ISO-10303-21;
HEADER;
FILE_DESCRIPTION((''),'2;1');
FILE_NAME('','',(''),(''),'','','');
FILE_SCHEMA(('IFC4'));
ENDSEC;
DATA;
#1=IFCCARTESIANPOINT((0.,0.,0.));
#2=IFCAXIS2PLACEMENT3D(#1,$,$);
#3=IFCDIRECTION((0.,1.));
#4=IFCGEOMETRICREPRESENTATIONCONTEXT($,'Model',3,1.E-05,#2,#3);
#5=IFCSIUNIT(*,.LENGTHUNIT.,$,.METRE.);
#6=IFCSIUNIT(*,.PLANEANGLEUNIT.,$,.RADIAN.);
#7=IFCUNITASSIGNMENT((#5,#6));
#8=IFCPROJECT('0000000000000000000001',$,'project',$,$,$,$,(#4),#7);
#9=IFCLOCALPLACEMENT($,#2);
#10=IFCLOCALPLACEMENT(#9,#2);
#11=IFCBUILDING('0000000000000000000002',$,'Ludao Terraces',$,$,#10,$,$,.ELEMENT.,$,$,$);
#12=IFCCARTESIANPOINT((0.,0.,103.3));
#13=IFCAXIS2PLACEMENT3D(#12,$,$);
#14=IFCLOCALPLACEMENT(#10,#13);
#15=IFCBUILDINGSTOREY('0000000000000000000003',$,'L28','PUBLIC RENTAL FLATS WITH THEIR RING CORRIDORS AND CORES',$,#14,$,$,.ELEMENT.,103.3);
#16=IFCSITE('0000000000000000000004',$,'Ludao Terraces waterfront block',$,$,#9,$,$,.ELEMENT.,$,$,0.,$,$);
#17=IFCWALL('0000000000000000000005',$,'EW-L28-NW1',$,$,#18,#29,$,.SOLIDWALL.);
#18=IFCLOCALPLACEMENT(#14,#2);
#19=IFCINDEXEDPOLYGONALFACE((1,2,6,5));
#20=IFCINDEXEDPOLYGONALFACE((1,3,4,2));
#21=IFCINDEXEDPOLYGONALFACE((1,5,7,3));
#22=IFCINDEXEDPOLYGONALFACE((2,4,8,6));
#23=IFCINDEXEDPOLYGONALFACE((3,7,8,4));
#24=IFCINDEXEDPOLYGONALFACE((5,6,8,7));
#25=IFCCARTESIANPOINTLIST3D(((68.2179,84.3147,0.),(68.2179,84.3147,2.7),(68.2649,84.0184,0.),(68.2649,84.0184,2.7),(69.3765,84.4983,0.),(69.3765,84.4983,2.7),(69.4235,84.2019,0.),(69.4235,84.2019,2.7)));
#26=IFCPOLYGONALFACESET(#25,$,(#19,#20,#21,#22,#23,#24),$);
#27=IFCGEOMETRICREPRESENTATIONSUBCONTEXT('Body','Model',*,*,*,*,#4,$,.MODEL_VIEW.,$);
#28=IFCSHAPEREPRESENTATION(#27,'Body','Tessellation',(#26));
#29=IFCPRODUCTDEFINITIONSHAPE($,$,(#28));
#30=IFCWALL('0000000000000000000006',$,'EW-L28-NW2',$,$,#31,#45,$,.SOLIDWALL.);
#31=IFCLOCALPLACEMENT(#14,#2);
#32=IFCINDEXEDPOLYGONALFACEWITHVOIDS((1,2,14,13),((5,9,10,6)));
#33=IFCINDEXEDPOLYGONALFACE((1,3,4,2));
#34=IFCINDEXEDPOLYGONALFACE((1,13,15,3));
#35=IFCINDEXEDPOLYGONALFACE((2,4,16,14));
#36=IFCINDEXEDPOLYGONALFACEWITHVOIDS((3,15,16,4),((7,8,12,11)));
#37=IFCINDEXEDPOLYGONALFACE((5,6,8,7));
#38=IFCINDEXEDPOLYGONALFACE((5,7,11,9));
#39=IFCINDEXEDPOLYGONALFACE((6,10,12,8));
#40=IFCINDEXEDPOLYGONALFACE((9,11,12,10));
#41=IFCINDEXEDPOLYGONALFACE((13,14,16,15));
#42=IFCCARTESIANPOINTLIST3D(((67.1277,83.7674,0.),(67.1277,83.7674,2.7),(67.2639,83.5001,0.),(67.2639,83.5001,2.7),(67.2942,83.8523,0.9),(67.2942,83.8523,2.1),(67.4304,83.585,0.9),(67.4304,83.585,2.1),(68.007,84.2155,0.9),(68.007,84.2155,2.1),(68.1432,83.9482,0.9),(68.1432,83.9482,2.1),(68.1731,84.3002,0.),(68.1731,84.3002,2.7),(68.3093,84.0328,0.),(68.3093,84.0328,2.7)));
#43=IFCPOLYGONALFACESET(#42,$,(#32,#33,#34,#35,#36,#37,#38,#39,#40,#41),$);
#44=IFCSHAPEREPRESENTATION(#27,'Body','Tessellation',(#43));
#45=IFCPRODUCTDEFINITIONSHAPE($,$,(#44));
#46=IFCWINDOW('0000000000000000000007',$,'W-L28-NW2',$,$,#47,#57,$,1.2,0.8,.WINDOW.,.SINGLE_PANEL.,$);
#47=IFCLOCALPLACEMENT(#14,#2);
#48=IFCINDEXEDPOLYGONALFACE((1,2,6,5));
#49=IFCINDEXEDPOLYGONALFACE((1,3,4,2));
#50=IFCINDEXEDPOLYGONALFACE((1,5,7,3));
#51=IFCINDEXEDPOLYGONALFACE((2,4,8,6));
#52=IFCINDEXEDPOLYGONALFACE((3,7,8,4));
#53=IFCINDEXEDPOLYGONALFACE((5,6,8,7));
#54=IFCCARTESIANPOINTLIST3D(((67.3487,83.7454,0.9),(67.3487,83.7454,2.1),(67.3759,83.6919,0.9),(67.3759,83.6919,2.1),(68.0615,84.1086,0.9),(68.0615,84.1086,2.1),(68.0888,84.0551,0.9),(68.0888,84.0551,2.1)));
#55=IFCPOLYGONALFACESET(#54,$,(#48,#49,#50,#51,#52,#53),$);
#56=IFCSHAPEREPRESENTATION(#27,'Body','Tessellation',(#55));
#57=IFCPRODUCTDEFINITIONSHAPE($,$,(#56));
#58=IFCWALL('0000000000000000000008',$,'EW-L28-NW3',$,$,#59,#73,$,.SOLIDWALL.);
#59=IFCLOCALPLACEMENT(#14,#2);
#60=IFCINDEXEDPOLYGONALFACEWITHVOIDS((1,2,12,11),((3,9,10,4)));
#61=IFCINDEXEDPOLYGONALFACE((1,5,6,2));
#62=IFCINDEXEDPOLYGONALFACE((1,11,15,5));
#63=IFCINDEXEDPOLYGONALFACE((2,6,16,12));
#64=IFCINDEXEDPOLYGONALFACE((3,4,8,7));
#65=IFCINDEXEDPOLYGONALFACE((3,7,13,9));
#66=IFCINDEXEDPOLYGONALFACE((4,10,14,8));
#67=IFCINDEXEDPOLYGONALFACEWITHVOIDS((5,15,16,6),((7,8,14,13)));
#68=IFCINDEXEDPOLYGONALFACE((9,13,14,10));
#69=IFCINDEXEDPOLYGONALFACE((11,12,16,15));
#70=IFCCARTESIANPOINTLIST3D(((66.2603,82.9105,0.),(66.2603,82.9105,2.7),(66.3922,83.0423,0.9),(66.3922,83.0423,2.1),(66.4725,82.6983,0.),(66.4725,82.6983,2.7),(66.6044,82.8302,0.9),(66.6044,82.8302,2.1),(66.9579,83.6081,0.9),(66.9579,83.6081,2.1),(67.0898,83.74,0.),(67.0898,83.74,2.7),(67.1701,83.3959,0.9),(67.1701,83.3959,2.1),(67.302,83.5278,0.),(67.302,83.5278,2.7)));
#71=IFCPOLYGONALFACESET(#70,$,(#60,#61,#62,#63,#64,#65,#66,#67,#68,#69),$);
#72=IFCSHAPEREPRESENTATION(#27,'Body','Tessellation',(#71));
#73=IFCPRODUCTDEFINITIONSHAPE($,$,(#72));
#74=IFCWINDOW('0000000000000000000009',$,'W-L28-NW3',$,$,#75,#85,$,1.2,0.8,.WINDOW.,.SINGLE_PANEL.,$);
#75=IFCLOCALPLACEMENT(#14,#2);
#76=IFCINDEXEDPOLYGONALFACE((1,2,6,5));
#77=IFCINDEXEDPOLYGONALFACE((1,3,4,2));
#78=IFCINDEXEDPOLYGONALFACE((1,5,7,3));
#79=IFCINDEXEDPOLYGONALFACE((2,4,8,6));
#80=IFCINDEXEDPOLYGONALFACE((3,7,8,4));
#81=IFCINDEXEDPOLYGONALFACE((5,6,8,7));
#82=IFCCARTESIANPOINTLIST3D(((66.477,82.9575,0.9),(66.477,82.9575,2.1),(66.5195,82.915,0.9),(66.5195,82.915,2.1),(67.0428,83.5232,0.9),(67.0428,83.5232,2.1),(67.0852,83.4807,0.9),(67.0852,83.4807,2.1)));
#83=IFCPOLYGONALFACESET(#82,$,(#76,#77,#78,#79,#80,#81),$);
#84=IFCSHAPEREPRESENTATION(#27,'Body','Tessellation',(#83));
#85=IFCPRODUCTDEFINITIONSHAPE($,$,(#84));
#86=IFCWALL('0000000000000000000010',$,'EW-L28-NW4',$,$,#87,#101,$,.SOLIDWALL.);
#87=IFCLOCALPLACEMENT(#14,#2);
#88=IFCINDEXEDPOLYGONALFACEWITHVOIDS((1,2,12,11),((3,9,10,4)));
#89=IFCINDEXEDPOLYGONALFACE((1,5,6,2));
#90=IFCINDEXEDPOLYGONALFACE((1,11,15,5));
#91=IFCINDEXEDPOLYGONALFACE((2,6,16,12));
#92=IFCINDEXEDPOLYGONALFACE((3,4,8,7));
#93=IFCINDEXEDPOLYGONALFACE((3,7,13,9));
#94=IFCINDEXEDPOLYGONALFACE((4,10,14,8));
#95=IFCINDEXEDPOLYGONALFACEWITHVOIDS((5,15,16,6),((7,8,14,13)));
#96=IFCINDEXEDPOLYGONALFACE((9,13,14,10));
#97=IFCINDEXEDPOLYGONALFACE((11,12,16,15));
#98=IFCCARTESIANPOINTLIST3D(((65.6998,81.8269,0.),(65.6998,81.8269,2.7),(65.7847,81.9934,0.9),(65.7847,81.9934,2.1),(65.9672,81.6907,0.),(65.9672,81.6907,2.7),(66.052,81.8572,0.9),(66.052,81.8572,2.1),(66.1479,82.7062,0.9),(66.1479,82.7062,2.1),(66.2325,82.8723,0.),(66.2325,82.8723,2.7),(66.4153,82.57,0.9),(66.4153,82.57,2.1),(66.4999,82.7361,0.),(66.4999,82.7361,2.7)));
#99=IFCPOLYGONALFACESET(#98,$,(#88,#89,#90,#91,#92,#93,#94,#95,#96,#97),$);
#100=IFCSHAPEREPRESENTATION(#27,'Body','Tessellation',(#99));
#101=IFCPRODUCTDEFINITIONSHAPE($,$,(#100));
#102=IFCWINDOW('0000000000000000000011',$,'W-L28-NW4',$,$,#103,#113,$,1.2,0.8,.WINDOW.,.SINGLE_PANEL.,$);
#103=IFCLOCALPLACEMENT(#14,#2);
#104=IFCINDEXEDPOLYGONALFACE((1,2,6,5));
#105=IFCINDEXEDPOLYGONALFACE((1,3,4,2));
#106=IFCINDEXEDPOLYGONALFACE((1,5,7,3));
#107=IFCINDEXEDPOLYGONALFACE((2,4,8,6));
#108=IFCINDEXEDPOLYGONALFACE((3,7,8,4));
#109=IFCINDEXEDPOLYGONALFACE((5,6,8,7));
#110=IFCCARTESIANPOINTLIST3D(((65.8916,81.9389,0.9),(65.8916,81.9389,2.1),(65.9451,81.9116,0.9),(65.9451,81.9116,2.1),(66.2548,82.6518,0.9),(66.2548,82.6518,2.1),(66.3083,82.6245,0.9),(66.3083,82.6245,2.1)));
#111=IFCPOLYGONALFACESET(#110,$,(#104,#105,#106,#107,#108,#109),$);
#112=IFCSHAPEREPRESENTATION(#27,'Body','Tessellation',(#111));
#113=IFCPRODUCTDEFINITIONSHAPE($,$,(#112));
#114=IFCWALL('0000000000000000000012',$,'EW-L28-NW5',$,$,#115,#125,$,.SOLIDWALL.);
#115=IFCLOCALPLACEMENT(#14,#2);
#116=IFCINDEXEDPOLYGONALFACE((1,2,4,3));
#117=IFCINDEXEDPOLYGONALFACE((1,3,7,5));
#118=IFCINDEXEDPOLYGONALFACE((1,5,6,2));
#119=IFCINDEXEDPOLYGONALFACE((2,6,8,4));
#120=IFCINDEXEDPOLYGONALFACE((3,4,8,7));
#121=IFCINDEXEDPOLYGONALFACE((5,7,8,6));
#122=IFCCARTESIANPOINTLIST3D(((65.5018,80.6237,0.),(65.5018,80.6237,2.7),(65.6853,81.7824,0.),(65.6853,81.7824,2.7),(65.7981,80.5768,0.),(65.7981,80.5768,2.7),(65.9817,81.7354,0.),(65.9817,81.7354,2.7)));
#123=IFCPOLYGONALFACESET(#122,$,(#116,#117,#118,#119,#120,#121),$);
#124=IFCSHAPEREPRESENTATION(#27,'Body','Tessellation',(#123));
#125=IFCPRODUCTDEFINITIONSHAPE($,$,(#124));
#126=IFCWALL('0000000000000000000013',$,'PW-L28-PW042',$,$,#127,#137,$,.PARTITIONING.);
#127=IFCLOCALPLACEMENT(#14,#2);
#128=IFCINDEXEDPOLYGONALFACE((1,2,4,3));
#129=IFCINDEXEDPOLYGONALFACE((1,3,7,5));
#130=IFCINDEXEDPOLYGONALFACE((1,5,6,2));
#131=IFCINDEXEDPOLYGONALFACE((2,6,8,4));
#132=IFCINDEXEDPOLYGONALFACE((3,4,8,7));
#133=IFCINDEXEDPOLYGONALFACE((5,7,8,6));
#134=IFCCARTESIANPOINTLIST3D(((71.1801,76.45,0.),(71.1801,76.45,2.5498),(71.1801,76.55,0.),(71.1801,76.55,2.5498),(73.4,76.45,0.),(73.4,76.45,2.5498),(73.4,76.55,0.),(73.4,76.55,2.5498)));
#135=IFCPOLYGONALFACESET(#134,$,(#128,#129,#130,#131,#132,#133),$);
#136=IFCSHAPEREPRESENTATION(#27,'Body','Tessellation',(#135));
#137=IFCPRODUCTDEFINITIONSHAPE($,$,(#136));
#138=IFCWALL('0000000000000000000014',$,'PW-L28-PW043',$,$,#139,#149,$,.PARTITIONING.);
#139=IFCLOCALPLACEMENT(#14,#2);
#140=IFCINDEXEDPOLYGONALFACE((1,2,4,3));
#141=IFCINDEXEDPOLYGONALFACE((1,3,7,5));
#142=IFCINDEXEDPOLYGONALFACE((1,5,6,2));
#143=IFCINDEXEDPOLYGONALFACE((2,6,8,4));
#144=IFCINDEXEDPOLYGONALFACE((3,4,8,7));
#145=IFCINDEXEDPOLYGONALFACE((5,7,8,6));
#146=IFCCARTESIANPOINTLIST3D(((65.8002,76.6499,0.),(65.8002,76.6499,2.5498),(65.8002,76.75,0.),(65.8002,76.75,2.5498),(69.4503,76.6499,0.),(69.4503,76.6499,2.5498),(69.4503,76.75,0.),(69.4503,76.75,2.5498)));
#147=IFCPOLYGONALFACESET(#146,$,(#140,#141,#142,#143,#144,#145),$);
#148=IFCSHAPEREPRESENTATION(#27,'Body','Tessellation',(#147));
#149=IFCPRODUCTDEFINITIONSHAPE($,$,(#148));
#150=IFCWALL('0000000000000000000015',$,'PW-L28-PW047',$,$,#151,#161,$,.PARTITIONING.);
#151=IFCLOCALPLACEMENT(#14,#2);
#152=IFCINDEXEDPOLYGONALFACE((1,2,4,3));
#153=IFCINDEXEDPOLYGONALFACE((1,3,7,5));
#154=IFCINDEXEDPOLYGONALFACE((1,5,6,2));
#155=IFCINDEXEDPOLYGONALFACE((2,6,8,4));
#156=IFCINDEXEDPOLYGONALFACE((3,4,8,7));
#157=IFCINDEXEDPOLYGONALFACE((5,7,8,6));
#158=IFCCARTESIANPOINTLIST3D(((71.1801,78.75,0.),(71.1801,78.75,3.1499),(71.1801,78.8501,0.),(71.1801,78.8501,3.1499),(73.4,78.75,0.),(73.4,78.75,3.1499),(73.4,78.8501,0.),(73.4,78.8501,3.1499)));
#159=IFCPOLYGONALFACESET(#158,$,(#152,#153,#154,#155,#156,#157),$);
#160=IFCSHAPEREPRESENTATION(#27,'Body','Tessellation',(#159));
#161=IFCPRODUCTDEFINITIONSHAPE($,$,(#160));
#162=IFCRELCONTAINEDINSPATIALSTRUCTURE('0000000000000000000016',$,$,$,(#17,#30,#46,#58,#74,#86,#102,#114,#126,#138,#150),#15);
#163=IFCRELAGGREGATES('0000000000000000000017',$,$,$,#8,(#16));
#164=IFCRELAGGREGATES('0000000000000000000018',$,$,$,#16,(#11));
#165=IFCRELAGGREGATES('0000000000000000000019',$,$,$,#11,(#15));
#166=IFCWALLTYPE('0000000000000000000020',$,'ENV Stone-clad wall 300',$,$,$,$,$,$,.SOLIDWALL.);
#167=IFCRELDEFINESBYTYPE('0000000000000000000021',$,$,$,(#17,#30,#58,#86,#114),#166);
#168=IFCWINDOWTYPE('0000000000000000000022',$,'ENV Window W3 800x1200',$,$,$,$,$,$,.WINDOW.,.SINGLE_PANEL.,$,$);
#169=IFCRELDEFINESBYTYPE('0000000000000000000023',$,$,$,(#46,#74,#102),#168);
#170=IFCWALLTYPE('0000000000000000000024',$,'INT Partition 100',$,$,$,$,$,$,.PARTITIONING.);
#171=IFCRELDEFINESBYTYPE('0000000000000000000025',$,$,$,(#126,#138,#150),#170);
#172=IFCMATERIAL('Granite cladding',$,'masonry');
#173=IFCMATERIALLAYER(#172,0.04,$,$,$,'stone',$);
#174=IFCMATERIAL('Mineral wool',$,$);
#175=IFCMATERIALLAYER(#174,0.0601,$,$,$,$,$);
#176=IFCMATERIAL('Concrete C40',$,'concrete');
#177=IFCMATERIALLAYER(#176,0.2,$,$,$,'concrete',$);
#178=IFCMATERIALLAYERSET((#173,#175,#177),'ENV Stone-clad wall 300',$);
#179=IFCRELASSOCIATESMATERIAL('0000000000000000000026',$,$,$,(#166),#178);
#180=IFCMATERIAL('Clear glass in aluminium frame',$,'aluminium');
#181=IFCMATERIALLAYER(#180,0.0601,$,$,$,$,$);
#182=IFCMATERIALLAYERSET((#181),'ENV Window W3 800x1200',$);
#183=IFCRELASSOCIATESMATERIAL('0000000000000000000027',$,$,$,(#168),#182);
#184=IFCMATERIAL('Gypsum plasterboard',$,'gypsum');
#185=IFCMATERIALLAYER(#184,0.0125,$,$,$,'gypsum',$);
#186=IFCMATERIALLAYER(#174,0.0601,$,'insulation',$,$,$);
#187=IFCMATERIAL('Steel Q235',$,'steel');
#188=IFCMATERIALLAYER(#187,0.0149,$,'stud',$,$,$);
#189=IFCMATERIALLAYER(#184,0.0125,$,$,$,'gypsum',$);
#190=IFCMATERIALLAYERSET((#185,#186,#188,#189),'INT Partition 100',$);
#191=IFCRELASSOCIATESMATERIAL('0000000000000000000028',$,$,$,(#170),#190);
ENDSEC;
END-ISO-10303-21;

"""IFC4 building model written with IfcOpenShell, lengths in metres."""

from ifc_helpers import new_model, si_unit, direction, frame, frame_2d, origin, place, context, subcontext, project, spatial, rectangle, extrude, material, layer, layer_set, type_object, element, fill, save


model = new_model("IFC4")

# Units and contexts
model_context = context("Model", 3, precision=1e-05, world=origin(), true_north=direction((0.0, 1.0)))
body_context = subcontext(model_context, "Body", "Model", "MODEL_VIEW")
ifc_project = project(units=[si_unit("LENGTHUNIT", "METRE"), si_unit("PLANEANGLEUNIT", "RADIAN")], contexts=[model_context])

# Site, building, storey
site_placement = place(None, origin())
site = spatial("IfcSite", under=ifc_project, at=site_placement, Name="Ludao Terraces waterfront block", CompositionType="ELEMENT", RefElevation=0.0)
building_placement = place(site_placement, origin())
building = spatial("IfcBuilding", under=site, at=building_placement, Name="Ludao Terraces", CompositionType="ELEMENT")
storey_placement = place(building_placement, frame((0.0, 0.0, 103.3)))
storey = spatial("IfcBuildingStorey", under=building, at=storey_placement, Name="L28", Description="PUBLIC RENTAL FLATS WITH THEIR RING CORRIDORS AND CORES", CompositionType="ELEMENT", Elevation=103.3)

# Shared definitions
ifc_material_1 = material(Name="Concrete C40", Category="concrete")

# Shared definitions
ifc_material_2 = material(Name="Granite cladding", Category="masonry")
ifc_layer_1 = layer(ifc_material_2, 0.04, Category="stone")
ifc_material_3 = material(Name="Mineral wool")
ifc_layer_2 = layer(ifc_material_3, 0.0601)
ifc_layer_3 = layer(ifc_material_1, 0.2, Category="concrete")
ifc_layer_set_1 = layer_set([ifc_layer_1, ifc_layer_2, ifc_layer_3], Name="ENV Stone-clad wall 300")
wall_type_1 = type_object("IfcWallType", Name="ENV Stone-clad wall 300", PredefinedType="SOLIDWALL", material=ifc_layer_set_1)
ifc_material_4 = material(Name="Clear glass in aluminium frame", Category="aluminium")

# Wall
wall_1_placement = place(storey_placement, frame((69.3999, 84.3501, 0.0), z_axis=(0.0, 0.0, 1.0), x_axis=(-0.987678, -0.156497, 0.0)))
element("IfcWall", 1, at=wall_1_placement, inside=storey, type_object=wall_type_1, Name="EW-L28-NW1", PredefinedType="SOLIDWALL", context=body_context, shape_type="SweptSolid", body=[
    extrude(rectangle(XDim=1.1731, YDim=0.3, at=frame_2d((0.5864, 0.0))), origin(), (0.0, 0.0, 1.0), 2.7),
])

# Walls, openings, windows
wall_2_placement = place(storey_placement, frame((68.2412, 84.1665, 0.0), z_axis=(0.0, 0.0, 1.0), x_axis=(-0.890989, -0.454026, 0.0)))
wall_2 = element("IfcWall", 2, at=wall_2_placement, inside=storey, type_object=wall_type_1, Name="EW-L28-NW2", PredefinedType="SOLIDWALL", context=body_context, shape_type="SweptSolid", body=[
    extrude(rectangle(XDim=1.1733, YDim=0.3, at=frame_2d((0.5867, 0.0))), origin(), (0.0, 0.0, 1.0), 2.7),
])
opening_1_placement = place(wall_2_placement, frame((0.1865, 0.0, 0.8999)))
opening_1 = element("IfcOpeningElement", 3, at=opening_1_placement, cuts=wall_2, PredefinedType="OPENING", context=body_context, shape_type="SweptSolid", body=[
    extrude(rectangle(XDim=0.8, YDim=1.2, at=frame_2d((0.3999, 0.6001))), frame((0.0, 0.1602, 0.0), z_axis=(0.0, -1.0, 0.0), x_axis=(1.0, 0.0, 0.0)), (0.0, 0.0, 1.0), 0.3201),
])
ifc_layer_4 = layer(ifc_material_4, 0.0601)
ifc_layer_set_2 = layer_set([ifc_layer_4], Name="ENV Window W3 800x1200")
window_type_1 = type_object("IfcWindowType", Name="ENV Window W3 800x1200", PartitioningType="SINGLE_PANEL", PredefinedType="WINDOW", material=ifc_layer_set_2)
window_1_placement = place(opening_1_placement, origin())
window_1 = element("IfcWindow", 4, at=window_1_placement, inside=storey, type_object=window_type_1, Name="W-L28-NW2", OverallHeight=1.2, OverallWidth=0.8, PartitioningType="SINGLE_PANEL", PredefinedType="WINDOW", context=body_context, shape_type="SweptSolid", body=[
    extrude(rectangle(XDim=0.8, YDim=1.2, at=frame_2d((0.3999, 0.6001))), frame((0.0, 0.03, 0.0), z_axis=(0.0, -1.0, 0.0), x_axis=(1.0, 0.0, 0.0)), (0.0, 0.0, 1.0), 0.0601),
])
fill(opening_1, window_1)
wall_3_placement = place(storey_placement, frame((67.1958, 83.6338, 0.0), z_axis=(0.0, 0.0, 1.0), x_axis=(-0.707107, -0.707107, 0.0)))
wall_3 = element("IfcWall", 5, at=wall_3_placement, inside=storey, type_object=wall_type_1, Name="EW-L28-NW3", PredefinedType="SOLIDWALL", context=body_context, shape_type="SweptSolid", body=[
    extrude(rectangle(XDim=1.1731, YDim=0.3, at=frame_2d((0.5864, 0.0))), origin(), (0.0, 0.0, 1.0), 2.7),
])
opening_2_placement = place(wall_3_placement, frame((0.1865, 0.0, 0.8999)))
opening_2 = element("IfcOpeningElement", 6, at=opening_2_placement, cuts=wall_3, PredefinedType="OPENING", context=body_context, shape_type="SweptSolid", body=[
    extrude(rectangle(XDim=0.8, YDim=1.2, at=frame_2d((0.3999, 0.6001))), frame((0.0, 0.1602, 0.0), z_axis=(0.0, -1.0, 0.0), x_axis=(1.0, 0.0, 0.0)), (0.0, 0.0, 1.0), 0.3201),
])
window_2_placement = place(opening_2_placement, origin())
window_2 = element("IfcWindow", 7, at=window_2_placement, inside=storey, type_object=window_type_1, Name="W-L28-NW3", OverallHeight=1.2, OverallWidth=0.8, PartitioningType="SINGLE_PANEL", PredefinedType="WINDOW", context=body_context, shape_type="SweptSolid", body=[
    extrude(rectangle(XDim=0.8, YDim=1.2, at=frame_2d((0.3999, 0.6001))), frame((0.0, 0.03, 0.0), z_axis=(0.0, -1.0, 0.0), x_axis=(1.0, 0.0, 0.0)), (0.0, 0.0, 1.0), 0.0601),
])
fill(opening_2, window_2)
wall_4_placement = place(storey_placement, frame((66.3662, 82.8042, 0.0), z_axis=(0.0, 0.0, 1.0), x_axis=(-0.454026, -0.890989, 0.0)))
wall_4 = element("IfcWall", 8, at=wall_4_placement, inside=storey, type_object=wall_type_1, Name="EW-L28-NW4", PredefinedType="SOLIDWALL", context=body_context, shape_type="SweptSolid", body=[
    extrude(rectangle(XDim=1.1733, YDim=0.3, at=frame_2d((0.5867, 0.0))), origin(), (0.0, 0.0, 1.0), 2.7),
])
opening_3_placement = place(wall_4_placement, frame((0.1865, 0.0, 0.8999)))
opening_3 = element("IfcOpeningElement", 9, at=opening_3_placement, cuts=wall_4, PredefinedType="OPENING", context=body_context, shape_type="SweptSolid", body=[
    extrude(rectangle(XDim=0.8, YDim=1.2, at=frame_2d((0.3999, 0.6001))), frame((0.0, 0.1602, 0.0), z_axis=(0.0, -1.0, 0.0), x_axis=(1.0, 0.0, 0.0)), (0.0, 0.0, 1.0), 0.3201),
])
window_3_placement = place(opening_3_placement, origin())
window_3 = element("IfcWindow", 10, at=window_3_placement, inside=storey, type_object=window_type_1, Name="W-L28-NW4", OverallHeight=1.2, OverallWidth=0.8, PartitioningType="SINGLE_PANEL", PredefinedType="WINDOW", context=body_context, shape_type="SweptSolid", body=[
    extrude(rectangle(XDim=0.8, YDim=1.2, at=frame_2d((0.3999, 0.6001))), frame((0.0, 0.03, 0.0), z_axis=(0.0, -1.0, 0.0), x_axis=(1.0, 0.0, 0.0)), (0.0, 0.0, 1.0), 0.0601),
])
fill(opening_3, window_3)

# Walls
wall_5_placement = place(storey_placement, frame((65.8335, 81.7588, 0.0), z_axis=(0.0, 0.0, 1.0), x_axis=(-0.156497, -0.987678, 0.0)))
element("IfcWall", 11, at=wall_5_placement, inside=storey, type_object=wall_type_1, Name="EW-L28-NW5", PredefinedType="SOLIDWALL", context=body_context, shape_type="SweptSolid", body=[
    extrude(rectangle(XDim=1.1731, YDim=0.3, at=frame_2d((0.5864, 0.0))), origin(), (0.0, 0.0, 1.0), 2.7),
])
ifc_material_5 = material(Name="Gypsum plasterboard", Category="gypsum")
ifc_layer_5 = layer(ifc_material_5, 0.0125, Category="gypsum")
ifc_layer_6 = layer(ifc_material_3, 0.0601, Name="insulation")
ifc_material_6 = material(Name="Steel Q235", Category="steel")
ifc_layer_7 = layer(ifc_material_6, 0.0149, Name="stud")
ifc_layer_8 = layer(ifc_material_5, 0.0125, Category="gypsum")
ifc_layer_set_3 = layer_set([ifc_layer_5, ifc_layer_6, ifc_layer_7, ifc_layer_8], Name="INT Partition 100")
wall_type_2 = type_object("IfcWallType", Name="INT Partition 100", PredefinedType="PARTITIONING", material=ifc_layer_set_3)
wall_6_placement = place(storey_placement, frame((71.1802, 76.5, 0.0), z_axis=(0.0, 0.0, 1.0), x_axis=(1.0, 0.0, 0.0)))
element("IfcWall", 12, at=wall_6_placement, inside=storey, type_object=wall_type_2, Name="PW-L28-PW042", PredefinedType="PARTITIONING", context=body_context, shape_type="SweptSolid", body=[
    extrude(rectangle(XDim=2.22, YDim=0.1001, at=frame_2d((1.1099, 0.0))), origin(), (0.0, 0.0, 1.0), 2.5498),
])
wall_7_placement = place(storey_placement, frame((65.8, 76.7, 0.0), z_axis=(0.0, 0.0, 1.0), x_axis=(1.0, 0.0, 0.0)))
element("IfcWall", 13, at=wall_7_placement, inside=storey, type_object=wall_type_2, Name="PW-L28-PW043", PredefinedType="PARTITIONING", context=body_context, shape_type="SweptSolid", body=[
    extrude(rectangle(XDim=3.6501, YDim=0.1001, at=frame_2d((1.8252, 0.0))), origin(), (0.0, 0.0, 1.0), 2.5498),
])
wall_8_placement = place(storey_placement, frame((71.1802, 78.8, 0.0), z_axis=(0.0, 0.0, 1.0), x_axis=(1.0, 0.0, 0.0)))
element("IfcWall", 14, at=wall_8_placement, inside=storey, type_object=wall_type_2, Name="PW-L28-PW047", PredefinedType="PARTITIONING", context=body_context, shape_type="SweptSolid", body=[
    extrude(rectangle(XDim=2.22, YDim=0.1001, at=frame_2d((1.1099, 0.0))), origin(), (0.0, 0.0, 1.0), 3.1499),
])

save(model, "model.ifc")
